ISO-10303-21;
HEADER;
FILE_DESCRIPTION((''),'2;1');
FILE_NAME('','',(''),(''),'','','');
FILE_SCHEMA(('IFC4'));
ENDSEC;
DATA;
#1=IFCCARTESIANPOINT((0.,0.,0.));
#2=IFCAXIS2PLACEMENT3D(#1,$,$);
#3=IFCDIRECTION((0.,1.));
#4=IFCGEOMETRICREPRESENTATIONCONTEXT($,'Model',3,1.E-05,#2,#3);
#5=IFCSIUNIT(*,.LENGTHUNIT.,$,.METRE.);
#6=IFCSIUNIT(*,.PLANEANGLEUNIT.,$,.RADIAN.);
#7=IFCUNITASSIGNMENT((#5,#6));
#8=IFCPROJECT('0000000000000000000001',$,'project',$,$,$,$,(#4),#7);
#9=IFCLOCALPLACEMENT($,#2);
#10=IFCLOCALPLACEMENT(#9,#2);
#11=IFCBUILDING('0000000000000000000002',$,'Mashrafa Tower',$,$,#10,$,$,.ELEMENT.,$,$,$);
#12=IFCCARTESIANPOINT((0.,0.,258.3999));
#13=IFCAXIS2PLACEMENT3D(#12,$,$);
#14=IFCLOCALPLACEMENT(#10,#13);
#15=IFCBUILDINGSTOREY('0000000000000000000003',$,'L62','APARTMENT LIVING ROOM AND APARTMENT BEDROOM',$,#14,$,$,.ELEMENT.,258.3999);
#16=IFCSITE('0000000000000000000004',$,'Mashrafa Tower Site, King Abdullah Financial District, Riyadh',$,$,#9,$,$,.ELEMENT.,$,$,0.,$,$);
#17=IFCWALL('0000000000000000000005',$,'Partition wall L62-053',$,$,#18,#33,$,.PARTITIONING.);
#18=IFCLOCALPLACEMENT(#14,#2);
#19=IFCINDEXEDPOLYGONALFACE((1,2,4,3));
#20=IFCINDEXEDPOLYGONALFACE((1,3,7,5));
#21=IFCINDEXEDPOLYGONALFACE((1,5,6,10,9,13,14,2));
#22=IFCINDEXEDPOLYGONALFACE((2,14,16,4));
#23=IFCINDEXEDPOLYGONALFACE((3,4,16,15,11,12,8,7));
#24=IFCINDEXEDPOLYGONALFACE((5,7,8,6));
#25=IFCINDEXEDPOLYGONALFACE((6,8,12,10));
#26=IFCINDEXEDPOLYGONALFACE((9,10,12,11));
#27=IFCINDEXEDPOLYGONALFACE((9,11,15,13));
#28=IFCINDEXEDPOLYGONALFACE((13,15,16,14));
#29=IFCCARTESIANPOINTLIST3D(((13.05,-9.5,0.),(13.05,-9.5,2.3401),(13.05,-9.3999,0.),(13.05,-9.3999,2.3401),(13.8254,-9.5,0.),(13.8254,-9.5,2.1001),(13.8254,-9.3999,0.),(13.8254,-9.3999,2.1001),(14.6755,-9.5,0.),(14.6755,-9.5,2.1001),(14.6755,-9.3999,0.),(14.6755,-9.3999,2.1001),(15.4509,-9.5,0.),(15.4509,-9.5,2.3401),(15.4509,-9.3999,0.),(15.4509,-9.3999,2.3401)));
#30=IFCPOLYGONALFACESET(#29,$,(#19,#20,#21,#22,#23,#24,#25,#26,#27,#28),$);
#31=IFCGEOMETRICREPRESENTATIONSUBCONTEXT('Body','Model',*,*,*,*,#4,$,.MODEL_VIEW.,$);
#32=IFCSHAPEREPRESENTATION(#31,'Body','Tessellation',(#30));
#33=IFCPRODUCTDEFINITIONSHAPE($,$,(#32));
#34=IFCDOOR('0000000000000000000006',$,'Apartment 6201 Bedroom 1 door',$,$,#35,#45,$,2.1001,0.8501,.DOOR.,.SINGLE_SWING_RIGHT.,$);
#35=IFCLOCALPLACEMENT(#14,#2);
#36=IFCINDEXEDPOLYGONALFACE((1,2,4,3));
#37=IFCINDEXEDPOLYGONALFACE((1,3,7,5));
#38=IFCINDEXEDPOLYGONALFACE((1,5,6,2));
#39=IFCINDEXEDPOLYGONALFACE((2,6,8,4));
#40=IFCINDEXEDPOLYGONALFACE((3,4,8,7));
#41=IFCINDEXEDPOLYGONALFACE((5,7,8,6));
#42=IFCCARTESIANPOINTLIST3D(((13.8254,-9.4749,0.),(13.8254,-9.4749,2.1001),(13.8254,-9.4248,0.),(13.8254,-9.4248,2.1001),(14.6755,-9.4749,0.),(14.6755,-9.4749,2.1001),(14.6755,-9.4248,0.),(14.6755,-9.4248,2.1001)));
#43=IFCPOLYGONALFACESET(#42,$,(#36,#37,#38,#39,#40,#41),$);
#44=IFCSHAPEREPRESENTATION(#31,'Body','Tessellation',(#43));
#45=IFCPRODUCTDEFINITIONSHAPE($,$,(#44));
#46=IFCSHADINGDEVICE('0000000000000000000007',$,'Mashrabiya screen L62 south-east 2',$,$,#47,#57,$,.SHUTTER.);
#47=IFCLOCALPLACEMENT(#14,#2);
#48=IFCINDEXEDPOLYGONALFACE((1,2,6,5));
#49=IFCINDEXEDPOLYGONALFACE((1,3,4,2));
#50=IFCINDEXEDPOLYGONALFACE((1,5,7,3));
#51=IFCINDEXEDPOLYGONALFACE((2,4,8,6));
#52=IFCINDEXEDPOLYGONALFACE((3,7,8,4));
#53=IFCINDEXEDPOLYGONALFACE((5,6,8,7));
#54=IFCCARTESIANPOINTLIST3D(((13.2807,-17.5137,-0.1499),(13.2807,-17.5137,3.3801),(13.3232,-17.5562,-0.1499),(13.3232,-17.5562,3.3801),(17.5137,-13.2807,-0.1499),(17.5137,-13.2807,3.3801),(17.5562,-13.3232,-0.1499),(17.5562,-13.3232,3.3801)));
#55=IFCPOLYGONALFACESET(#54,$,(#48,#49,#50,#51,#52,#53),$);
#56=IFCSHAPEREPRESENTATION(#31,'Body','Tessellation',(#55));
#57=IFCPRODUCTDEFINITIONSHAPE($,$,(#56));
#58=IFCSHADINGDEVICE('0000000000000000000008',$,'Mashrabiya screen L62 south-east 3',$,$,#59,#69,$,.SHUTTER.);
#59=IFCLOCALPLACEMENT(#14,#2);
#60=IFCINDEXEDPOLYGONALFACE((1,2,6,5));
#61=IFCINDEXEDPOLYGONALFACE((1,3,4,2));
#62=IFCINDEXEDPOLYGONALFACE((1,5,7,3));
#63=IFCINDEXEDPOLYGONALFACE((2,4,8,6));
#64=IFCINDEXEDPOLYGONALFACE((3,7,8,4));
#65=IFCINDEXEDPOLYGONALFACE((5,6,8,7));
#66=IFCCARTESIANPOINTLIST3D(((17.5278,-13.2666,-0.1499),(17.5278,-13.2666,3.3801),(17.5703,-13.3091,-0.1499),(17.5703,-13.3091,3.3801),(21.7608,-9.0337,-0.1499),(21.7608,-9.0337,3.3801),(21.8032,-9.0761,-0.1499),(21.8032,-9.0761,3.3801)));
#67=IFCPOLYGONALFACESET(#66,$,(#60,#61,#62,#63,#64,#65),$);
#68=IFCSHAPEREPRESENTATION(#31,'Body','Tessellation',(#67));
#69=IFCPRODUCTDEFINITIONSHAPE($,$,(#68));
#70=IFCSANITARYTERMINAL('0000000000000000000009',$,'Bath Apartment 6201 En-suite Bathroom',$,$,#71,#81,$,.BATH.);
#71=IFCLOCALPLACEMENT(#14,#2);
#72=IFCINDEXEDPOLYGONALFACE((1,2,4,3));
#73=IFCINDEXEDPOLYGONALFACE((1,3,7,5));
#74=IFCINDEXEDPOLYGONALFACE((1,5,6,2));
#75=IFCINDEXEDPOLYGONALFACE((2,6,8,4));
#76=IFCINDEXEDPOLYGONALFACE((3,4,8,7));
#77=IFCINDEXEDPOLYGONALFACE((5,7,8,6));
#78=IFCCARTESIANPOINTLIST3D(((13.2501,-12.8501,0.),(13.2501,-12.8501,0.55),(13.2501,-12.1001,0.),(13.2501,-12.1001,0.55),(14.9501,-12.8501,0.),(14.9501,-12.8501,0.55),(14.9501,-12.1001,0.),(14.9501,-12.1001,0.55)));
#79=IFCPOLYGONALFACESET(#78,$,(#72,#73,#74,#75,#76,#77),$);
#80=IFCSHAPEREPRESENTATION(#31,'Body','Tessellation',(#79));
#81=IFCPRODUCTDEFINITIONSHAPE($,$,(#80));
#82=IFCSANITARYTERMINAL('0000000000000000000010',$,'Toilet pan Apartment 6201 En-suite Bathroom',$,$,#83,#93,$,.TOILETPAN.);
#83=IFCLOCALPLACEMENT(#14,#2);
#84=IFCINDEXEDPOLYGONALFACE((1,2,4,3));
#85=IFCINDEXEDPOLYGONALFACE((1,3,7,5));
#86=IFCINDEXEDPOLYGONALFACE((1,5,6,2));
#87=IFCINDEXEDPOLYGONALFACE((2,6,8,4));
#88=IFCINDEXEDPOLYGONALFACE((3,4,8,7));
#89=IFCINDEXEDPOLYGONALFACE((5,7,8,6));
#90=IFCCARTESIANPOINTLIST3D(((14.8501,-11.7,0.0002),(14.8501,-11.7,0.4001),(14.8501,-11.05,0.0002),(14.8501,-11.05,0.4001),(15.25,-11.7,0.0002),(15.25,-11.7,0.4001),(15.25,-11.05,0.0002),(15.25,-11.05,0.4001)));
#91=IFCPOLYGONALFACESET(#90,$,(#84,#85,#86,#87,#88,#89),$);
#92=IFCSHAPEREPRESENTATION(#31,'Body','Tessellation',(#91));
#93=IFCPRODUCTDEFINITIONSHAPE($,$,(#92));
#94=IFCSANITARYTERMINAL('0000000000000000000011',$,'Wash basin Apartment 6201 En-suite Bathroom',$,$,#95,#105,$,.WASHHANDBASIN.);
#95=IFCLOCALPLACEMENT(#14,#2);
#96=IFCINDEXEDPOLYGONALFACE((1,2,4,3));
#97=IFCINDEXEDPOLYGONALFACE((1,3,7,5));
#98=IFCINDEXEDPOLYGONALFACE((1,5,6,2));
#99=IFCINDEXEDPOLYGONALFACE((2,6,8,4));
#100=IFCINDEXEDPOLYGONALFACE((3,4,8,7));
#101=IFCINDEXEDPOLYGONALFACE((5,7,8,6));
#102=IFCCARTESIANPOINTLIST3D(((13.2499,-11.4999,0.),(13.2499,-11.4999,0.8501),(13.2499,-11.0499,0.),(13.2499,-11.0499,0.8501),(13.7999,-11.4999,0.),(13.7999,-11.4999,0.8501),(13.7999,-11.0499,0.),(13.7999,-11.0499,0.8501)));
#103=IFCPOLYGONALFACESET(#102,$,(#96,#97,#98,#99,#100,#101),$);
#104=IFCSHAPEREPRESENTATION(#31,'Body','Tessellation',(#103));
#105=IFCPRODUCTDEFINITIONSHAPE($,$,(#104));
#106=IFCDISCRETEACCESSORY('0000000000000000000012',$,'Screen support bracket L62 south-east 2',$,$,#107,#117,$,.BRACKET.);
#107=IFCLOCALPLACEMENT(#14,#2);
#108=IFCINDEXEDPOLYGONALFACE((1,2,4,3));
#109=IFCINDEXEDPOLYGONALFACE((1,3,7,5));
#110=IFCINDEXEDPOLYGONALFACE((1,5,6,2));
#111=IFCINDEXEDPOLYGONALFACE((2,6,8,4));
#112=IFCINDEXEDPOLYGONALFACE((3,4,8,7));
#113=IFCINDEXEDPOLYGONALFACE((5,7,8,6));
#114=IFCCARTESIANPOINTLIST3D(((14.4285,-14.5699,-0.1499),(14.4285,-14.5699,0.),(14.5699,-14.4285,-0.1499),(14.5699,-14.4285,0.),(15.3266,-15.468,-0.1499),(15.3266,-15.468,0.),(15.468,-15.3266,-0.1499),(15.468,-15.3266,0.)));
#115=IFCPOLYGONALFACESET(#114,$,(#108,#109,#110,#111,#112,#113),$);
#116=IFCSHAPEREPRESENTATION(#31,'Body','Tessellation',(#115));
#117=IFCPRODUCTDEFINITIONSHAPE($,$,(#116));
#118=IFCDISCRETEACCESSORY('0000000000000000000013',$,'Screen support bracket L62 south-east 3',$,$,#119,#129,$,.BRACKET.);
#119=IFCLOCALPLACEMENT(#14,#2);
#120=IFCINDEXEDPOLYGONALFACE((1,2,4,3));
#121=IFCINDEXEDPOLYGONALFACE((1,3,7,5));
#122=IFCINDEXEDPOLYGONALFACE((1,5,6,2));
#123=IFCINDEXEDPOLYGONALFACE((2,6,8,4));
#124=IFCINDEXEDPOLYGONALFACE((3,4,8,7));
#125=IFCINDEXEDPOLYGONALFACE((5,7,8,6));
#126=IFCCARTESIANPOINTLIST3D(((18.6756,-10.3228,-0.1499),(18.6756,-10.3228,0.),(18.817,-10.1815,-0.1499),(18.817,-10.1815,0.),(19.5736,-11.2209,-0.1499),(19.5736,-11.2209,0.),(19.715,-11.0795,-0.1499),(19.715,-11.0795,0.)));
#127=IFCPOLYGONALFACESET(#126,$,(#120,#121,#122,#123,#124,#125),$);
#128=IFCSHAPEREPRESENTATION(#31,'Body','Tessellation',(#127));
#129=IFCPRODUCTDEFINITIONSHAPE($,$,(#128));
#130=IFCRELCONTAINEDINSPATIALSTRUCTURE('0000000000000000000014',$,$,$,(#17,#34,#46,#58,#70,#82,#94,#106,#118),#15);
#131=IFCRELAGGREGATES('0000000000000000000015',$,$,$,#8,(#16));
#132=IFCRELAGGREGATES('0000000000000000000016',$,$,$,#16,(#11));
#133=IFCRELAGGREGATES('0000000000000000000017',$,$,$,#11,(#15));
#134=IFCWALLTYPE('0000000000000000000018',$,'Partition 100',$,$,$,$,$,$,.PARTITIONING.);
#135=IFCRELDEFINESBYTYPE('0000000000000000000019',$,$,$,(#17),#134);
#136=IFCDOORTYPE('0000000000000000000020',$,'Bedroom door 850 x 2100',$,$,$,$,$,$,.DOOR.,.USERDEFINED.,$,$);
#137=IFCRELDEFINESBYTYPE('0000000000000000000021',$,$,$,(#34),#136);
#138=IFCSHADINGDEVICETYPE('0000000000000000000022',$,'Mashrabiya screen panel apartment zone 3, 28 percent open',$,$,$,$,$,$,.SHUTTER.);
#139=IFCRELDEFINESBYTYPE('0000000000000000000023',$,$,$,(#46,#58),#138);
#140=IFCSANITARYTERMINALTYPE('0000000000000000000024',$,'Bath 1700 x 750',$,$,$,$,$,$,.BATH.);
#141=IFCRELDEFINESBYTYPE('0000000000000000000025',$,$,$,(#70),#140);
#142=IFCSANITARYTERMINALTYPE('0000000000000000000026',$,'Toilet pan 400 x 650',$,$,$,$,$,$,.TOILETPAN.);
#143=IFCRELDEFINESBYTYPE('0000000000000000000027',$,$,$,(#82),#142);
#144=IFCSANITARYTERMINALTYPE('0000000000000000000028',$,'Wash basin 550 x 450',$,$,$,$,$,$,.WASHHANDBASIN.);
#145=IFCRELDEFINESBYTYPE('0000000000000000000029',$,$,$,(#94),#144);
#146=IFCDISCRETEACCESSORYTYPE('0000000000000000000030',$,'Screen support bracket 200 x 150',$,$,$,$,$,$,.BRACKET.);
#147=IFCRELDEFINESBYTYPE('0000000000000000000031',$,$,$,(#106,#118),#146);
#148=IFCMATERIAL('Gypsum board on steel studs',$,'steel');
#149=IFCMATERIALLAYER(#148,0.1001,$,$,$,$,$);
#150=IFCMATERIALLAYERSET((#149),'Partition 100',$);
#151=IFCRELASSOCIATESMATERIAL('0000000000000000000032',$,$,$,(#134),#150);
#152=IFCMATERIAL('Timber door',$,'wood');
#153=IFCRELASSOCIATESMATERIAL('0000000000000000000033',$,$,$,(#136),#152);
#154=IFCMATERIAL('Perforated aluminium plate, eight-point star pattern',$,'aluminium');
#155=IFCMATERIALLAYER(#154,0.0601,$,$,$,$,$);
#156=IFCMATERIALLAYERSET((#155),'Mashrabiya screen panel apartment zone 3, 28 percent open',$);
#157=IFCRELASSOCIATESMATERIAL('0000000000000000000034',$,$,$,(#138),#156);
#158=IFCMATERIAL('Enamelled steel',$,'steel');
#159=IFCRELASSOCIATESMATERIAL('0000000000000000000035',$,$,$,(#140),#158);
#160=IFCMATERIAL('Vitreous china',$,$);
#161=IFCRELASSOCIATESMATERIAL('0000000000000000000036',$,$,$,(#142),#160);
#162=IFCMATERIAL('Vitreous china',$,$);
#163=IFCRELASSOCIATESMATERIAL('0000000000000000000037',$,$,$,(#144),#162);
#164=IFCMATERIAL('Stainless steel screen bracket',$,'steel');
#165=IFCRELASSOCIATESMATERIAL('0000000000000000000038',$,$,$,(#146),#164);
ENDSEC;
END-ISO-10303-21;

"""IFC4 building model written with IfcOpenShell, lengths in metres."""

from ifc_helpers import new_model, si_unit, direction, frame, frame_2d, origin, origin_2d, place, context, subcontext, project, spatial, rectangle, extrude, source, transform, mapped, material, layer, layer_set, type_object, type_shapes, element, fill, save


model = new_model("IFC4")

# Units and contexts
model_context = context("Model", 3, precision=1e-05, world=origin(), true_north=direction((0.0, 1.0)))
body_context = subcontext(model_context, "Body", "Model", "MODEL_VIEW")
ifc_project = project(units=[si_unit("LENGTHUNIT", "METRE"), si_unit("PLANEANGLEUNIT", "RADIAN")], contexts=[model_context])

# Site, building, storey
site_placement = place(None, origin())
site = spatial("IfcSite", under=ifc_project, at=site_placement, Name="Mashrafa Tower Site, King Abdullah Financial District, Riyadh", CompositionType="ELEMENT", RefElevation=0.0)
building_placement = place(site_placement, origin())
building = spatial("IfcBuilding", under=site, at=building_placement, Name="Mashrafa Tower", CompositionType="ELEMENT")
storey_placement = place(building_placement, frame((0.0, 0.0, 258.3999)))
storey = spatial("IfcBuildingStorey", under=building, at=storey_placement, Name="L62", Description="APARTMENT LIVING ROOM AND APARTMENT BEDROOM", CompositionType="ELEMENT", Elevation=258.3999)

# Shared definitions
ifc_material_1 = material(Name="Gypsum board on steel studs", Category="steel")
ifc_layer_1 = layer(ifc_material_1, 0.1001)
ifc_layer_set_1 = layer_set([ifc_layer_1], Name="Partition 100")
wall_type_1 = type_object("IfcWallType", Name="Partition 100", PredefinedType="PARTITIONING", material=ifc_layer_set_1)

# Wall, opening, door
wall_1_placement = place(storey_placement, frame((15.4509, -9.45, 0.0), z_axis=(0.0, 0.0, 1.0), x_axis=(-1.0, 0.0, 0.0)))
wall_1 = element("IfcWall", 1, at=wall_1_placement, inside=storey, type_object=wall_type_1, Name="Partition wall L62-053", PredefinedType="PARTITIONING", context=body_context, shape_type="SweptSolid", body=[
    extrude(rectangle(XDim=2.4009, YDim=0.1001, at=frame_2d((1.2004, 0.0))), origin(), (0.0, 0.0, 1.0), 2.3401),
])
opening_1_placement = place(wall_1_placement, frame((0.7754, 0.0, 0.0)))
opening_1 = element("IfcOpeningElement", 2, at=opening_1_placement, cuts=wall_1, PredefinedType="OPENING", context=body_context, shape_type="SweptSolid", body=[
    extrude(rectangle(XDim=0.8501, YDim=2.1001, at=frame_2d((0.425, 1.05))), frame((0.0, 0.0601, 0.0), z_axis=(0.0, -1.0, 0.0), x_axis=(1.0, 0.0, 0.0)), (0.0, 0.0, 1.0), 0.1201),
])
ifc_material_2 = material(Name="Timber door", Category="wood")
door_type_1 = type_object("IfcDoorType", Name="Bedroom door 850 x 2100", OperationType="USERDEFINED", PredefinedType="DOOR", material=ifc_material_2)
door_1_placement = place(opening_1_placement, origin())
door_1 = element("IfcDoor", 3, at=door_1_placement, inside=storey, type_object=door_type_1, Name="Apartment 6201 Bedroom 1 door", OperationType="SINGLE_SWING_RIGHT", OverallHeight=2.1001, OverallWidth=0.8501, PredefinedType="DOOR", context=body_context, shape_type="SweptSolid", body=[
    extrude(rectangle(XDim=0.8501, YDim=2.1001, at=frame_2d((0.425, 1.05))), frame((0.0, 0.0249, 0.0), z_axis=(0.0, -1.0, 0.0), x_axis=(1.0, 0.0, 0.0)), (0.0, 0.0, 1.0), 0.05),
])
fill(opening_1, door_1)

# Shading devices
ifc_material_3 = material(Name="Perforated aluminium plate, eight-point star pattern", Category="aluminium")
ifc_layer_2 = layer(ifc_material_3, 0.0601)
ifc_layer_set_2 = layer_set([ifc_layer_2], Name="Mashrabiya screen panel apartment zone 3, 28 percent open")
shading_device_type = type_object("IfcShadingDeviceType", Name="Mashrabiya screen panel apartment zone 3, 28 percent open", PredefinedType="SHUTTER", material=ifc_layer_set_2)
shared_shape_1 = source(origin(), body_context, "Body", "SweptSolid", [
    extrude(rectangle(XDim=5.9863, YDim=0.0601, at=origin_2d()), origin(), (0.0, 0.0, 1.0), 3.53),
])
type_shapes(shading_device_type, [shared_shape_1])
for number, where, z_axis, x_axis, name in (
    (4, (15.4185, -15.4185, -0.1499), (0.0, 0.0, 1.0), (0.707107, 0.707107, 0.0), "Mashrabiya screen L62 south-east 2"),
    (5, (19.6655, -11.1714, -0.1499), (0.0, 0.0, 1.0), (0.707107, 0.707107, 0.0), "Mashrabiya screen L62 south-east 3"),
):
    element("IfcShadingDevice", number, at=place(storey_placement, frame(where, z_axis=z_axis, x_axis=x_axis)), inside=storey, type_object=shading_device_type, Name=name, PredefinedType="SHUTTER", context=body_context, shape_type="MappedRepresentation", body=[
        mapped(shared_shape_1, transform((0.0, 0.0, 0.0))),
    ])

# Sanitary terminals
ifc_material_4 = material(Name="Enamelled steel", Category="steel")
sanitary_terminal_type_1 = type_object("IfcSanitaryTerminalType", Name="Bath 1700 x 750", PredefinedType="BATH", material=ifc_material_4)
sanitary_terminal_1_placement = place(storey_placement, frame((14.1001, -12.4751, 0.0), z_axis=(0.0, 0.0, 1.0), x_axis=(1.0, 0.0, 0.0)))
element("IfcSanitaryTerminal", 6, at=sanitary_terminal_1_placement, inside=storey, type_object=sanitary_terminal_type_1, Name="Bath Apartment 6201 En-suite Bathroom", PredefinedType="BATH", context=body_context, shape_type="SweptSolid", body=[
    extrude(rectangle(XDim=1.7, YDim=0.75, at=origin_2d()), origin(), (0.0, 0.0, 1.0), 0.55),
])
ifc_material_5 = material(Name="Vitreous china")
sanitary_terminal_type_2 = type_object("IfcSanitaryTerminalType", Name="Toilet pan 400 x 650", PredefinedType="TOILETPAN", material=ifc_material_5)
sanitary_terminal_2_placement = place(storey_placement, frame((15.05, -11.375, 0.0002), z_axis=(0.0, 0.0, 1.0), x_axis=(-1.0, 0.0, 0.0)))
element("IfcSanitaryTerminal", 7, at=sanitary_terminal_2_placement, inside=storey, type_object=sanitary_terminal_type_2, Name="Toilet pan Apartment 6201 En-suite Bathroom", PredefinedType="TOILETPAN", context=body_context, shape_type="SweptSolid", body=[
    extrude(rectangle(XDim=0.3999, YDim=0.6499, at=origin_2d()), origin(), (0.0, 0.0, 1.0), 0.3999),
])
ifc_material_6 = material(Name="Vitreous china")
sanitary_terminal_type_3 = type_object("IfcSanitaryTerminalType", Name="Wash basin 550 x 450", PredefinedType="WASHHANDBASIN", material=ifc_material_6)
sanitary_terminal_3_placement = place(storey_placement, frame((13.5249, -11.2749, 0.0), z_axis=(0.0, 0.0, 1.0), x_axis=(-1.0, 0.0, 0.0)))
element("IfcSanitaryTerminal", 8, at=sanitary_terminal_3_placement, inside=storey, type_object=sanitary_terminal_type_3, Name="Wash basin Apartment 6201 En-suite Bathroom", PredefinedType="WASHHANDBASIN", context=body_context, shape_type="SweptSolid", body=[
    extrude(rectangle(XDim=0.55, YDim=0.45, at=origin_2d()), origin(), (0.0, 0.0, 1.0), 0.8501),
])

# Discrete accessories
ifc_material_7 = material(Name="Stainless steel screen bracket", Category="steel")
discrete_accessory_type = type_object("IfcDiscreteAccessoryType", Name="Screen support bracket 200 x 150", PredefinedType="BRACKET", material=ifc_material_7)
shared_shape_2 = source(origin(), body_context, "Body", "SweptSolid", [
    extrude(rectangle(XDim=0.2, YDim=1.27, at=origin_2d()), origin(), (0.0, 0.0, 1.0), 0.1499),
])
type_shapes(discrete_accessory_type, [shared_shape_2])
for number, where, z_axis, x_axis, name in (
    (9, (14.9482, -14.9482, -0.1499), (0.0, 0.0, 1.0), (0.707107, 0.707107, 0.0), "Screen support bracket L62 south-east 2"),
    (10, (19.1953, -10.7012, -0.1499), (0.0, 0.0, 1.0), (0.707107, 0.707107, 0.0), "Screen support bracket L62 south-east 3"),
):
    element("IfcDiscreteAccessory", number, at=place(storey_placement, frame(where, z_axis=z_axis, x_axis=x_axis)), inside=storey, type_object=discrete_accessory_type, Name=name, PredefinedType="BRACKET", context=body_context, shape_type="MappedRepresentation", body=[
        mapped(shared_shape_2, transform((0.0, 0.0, 0.0))),
    ])

save(model, "model.ifc")
